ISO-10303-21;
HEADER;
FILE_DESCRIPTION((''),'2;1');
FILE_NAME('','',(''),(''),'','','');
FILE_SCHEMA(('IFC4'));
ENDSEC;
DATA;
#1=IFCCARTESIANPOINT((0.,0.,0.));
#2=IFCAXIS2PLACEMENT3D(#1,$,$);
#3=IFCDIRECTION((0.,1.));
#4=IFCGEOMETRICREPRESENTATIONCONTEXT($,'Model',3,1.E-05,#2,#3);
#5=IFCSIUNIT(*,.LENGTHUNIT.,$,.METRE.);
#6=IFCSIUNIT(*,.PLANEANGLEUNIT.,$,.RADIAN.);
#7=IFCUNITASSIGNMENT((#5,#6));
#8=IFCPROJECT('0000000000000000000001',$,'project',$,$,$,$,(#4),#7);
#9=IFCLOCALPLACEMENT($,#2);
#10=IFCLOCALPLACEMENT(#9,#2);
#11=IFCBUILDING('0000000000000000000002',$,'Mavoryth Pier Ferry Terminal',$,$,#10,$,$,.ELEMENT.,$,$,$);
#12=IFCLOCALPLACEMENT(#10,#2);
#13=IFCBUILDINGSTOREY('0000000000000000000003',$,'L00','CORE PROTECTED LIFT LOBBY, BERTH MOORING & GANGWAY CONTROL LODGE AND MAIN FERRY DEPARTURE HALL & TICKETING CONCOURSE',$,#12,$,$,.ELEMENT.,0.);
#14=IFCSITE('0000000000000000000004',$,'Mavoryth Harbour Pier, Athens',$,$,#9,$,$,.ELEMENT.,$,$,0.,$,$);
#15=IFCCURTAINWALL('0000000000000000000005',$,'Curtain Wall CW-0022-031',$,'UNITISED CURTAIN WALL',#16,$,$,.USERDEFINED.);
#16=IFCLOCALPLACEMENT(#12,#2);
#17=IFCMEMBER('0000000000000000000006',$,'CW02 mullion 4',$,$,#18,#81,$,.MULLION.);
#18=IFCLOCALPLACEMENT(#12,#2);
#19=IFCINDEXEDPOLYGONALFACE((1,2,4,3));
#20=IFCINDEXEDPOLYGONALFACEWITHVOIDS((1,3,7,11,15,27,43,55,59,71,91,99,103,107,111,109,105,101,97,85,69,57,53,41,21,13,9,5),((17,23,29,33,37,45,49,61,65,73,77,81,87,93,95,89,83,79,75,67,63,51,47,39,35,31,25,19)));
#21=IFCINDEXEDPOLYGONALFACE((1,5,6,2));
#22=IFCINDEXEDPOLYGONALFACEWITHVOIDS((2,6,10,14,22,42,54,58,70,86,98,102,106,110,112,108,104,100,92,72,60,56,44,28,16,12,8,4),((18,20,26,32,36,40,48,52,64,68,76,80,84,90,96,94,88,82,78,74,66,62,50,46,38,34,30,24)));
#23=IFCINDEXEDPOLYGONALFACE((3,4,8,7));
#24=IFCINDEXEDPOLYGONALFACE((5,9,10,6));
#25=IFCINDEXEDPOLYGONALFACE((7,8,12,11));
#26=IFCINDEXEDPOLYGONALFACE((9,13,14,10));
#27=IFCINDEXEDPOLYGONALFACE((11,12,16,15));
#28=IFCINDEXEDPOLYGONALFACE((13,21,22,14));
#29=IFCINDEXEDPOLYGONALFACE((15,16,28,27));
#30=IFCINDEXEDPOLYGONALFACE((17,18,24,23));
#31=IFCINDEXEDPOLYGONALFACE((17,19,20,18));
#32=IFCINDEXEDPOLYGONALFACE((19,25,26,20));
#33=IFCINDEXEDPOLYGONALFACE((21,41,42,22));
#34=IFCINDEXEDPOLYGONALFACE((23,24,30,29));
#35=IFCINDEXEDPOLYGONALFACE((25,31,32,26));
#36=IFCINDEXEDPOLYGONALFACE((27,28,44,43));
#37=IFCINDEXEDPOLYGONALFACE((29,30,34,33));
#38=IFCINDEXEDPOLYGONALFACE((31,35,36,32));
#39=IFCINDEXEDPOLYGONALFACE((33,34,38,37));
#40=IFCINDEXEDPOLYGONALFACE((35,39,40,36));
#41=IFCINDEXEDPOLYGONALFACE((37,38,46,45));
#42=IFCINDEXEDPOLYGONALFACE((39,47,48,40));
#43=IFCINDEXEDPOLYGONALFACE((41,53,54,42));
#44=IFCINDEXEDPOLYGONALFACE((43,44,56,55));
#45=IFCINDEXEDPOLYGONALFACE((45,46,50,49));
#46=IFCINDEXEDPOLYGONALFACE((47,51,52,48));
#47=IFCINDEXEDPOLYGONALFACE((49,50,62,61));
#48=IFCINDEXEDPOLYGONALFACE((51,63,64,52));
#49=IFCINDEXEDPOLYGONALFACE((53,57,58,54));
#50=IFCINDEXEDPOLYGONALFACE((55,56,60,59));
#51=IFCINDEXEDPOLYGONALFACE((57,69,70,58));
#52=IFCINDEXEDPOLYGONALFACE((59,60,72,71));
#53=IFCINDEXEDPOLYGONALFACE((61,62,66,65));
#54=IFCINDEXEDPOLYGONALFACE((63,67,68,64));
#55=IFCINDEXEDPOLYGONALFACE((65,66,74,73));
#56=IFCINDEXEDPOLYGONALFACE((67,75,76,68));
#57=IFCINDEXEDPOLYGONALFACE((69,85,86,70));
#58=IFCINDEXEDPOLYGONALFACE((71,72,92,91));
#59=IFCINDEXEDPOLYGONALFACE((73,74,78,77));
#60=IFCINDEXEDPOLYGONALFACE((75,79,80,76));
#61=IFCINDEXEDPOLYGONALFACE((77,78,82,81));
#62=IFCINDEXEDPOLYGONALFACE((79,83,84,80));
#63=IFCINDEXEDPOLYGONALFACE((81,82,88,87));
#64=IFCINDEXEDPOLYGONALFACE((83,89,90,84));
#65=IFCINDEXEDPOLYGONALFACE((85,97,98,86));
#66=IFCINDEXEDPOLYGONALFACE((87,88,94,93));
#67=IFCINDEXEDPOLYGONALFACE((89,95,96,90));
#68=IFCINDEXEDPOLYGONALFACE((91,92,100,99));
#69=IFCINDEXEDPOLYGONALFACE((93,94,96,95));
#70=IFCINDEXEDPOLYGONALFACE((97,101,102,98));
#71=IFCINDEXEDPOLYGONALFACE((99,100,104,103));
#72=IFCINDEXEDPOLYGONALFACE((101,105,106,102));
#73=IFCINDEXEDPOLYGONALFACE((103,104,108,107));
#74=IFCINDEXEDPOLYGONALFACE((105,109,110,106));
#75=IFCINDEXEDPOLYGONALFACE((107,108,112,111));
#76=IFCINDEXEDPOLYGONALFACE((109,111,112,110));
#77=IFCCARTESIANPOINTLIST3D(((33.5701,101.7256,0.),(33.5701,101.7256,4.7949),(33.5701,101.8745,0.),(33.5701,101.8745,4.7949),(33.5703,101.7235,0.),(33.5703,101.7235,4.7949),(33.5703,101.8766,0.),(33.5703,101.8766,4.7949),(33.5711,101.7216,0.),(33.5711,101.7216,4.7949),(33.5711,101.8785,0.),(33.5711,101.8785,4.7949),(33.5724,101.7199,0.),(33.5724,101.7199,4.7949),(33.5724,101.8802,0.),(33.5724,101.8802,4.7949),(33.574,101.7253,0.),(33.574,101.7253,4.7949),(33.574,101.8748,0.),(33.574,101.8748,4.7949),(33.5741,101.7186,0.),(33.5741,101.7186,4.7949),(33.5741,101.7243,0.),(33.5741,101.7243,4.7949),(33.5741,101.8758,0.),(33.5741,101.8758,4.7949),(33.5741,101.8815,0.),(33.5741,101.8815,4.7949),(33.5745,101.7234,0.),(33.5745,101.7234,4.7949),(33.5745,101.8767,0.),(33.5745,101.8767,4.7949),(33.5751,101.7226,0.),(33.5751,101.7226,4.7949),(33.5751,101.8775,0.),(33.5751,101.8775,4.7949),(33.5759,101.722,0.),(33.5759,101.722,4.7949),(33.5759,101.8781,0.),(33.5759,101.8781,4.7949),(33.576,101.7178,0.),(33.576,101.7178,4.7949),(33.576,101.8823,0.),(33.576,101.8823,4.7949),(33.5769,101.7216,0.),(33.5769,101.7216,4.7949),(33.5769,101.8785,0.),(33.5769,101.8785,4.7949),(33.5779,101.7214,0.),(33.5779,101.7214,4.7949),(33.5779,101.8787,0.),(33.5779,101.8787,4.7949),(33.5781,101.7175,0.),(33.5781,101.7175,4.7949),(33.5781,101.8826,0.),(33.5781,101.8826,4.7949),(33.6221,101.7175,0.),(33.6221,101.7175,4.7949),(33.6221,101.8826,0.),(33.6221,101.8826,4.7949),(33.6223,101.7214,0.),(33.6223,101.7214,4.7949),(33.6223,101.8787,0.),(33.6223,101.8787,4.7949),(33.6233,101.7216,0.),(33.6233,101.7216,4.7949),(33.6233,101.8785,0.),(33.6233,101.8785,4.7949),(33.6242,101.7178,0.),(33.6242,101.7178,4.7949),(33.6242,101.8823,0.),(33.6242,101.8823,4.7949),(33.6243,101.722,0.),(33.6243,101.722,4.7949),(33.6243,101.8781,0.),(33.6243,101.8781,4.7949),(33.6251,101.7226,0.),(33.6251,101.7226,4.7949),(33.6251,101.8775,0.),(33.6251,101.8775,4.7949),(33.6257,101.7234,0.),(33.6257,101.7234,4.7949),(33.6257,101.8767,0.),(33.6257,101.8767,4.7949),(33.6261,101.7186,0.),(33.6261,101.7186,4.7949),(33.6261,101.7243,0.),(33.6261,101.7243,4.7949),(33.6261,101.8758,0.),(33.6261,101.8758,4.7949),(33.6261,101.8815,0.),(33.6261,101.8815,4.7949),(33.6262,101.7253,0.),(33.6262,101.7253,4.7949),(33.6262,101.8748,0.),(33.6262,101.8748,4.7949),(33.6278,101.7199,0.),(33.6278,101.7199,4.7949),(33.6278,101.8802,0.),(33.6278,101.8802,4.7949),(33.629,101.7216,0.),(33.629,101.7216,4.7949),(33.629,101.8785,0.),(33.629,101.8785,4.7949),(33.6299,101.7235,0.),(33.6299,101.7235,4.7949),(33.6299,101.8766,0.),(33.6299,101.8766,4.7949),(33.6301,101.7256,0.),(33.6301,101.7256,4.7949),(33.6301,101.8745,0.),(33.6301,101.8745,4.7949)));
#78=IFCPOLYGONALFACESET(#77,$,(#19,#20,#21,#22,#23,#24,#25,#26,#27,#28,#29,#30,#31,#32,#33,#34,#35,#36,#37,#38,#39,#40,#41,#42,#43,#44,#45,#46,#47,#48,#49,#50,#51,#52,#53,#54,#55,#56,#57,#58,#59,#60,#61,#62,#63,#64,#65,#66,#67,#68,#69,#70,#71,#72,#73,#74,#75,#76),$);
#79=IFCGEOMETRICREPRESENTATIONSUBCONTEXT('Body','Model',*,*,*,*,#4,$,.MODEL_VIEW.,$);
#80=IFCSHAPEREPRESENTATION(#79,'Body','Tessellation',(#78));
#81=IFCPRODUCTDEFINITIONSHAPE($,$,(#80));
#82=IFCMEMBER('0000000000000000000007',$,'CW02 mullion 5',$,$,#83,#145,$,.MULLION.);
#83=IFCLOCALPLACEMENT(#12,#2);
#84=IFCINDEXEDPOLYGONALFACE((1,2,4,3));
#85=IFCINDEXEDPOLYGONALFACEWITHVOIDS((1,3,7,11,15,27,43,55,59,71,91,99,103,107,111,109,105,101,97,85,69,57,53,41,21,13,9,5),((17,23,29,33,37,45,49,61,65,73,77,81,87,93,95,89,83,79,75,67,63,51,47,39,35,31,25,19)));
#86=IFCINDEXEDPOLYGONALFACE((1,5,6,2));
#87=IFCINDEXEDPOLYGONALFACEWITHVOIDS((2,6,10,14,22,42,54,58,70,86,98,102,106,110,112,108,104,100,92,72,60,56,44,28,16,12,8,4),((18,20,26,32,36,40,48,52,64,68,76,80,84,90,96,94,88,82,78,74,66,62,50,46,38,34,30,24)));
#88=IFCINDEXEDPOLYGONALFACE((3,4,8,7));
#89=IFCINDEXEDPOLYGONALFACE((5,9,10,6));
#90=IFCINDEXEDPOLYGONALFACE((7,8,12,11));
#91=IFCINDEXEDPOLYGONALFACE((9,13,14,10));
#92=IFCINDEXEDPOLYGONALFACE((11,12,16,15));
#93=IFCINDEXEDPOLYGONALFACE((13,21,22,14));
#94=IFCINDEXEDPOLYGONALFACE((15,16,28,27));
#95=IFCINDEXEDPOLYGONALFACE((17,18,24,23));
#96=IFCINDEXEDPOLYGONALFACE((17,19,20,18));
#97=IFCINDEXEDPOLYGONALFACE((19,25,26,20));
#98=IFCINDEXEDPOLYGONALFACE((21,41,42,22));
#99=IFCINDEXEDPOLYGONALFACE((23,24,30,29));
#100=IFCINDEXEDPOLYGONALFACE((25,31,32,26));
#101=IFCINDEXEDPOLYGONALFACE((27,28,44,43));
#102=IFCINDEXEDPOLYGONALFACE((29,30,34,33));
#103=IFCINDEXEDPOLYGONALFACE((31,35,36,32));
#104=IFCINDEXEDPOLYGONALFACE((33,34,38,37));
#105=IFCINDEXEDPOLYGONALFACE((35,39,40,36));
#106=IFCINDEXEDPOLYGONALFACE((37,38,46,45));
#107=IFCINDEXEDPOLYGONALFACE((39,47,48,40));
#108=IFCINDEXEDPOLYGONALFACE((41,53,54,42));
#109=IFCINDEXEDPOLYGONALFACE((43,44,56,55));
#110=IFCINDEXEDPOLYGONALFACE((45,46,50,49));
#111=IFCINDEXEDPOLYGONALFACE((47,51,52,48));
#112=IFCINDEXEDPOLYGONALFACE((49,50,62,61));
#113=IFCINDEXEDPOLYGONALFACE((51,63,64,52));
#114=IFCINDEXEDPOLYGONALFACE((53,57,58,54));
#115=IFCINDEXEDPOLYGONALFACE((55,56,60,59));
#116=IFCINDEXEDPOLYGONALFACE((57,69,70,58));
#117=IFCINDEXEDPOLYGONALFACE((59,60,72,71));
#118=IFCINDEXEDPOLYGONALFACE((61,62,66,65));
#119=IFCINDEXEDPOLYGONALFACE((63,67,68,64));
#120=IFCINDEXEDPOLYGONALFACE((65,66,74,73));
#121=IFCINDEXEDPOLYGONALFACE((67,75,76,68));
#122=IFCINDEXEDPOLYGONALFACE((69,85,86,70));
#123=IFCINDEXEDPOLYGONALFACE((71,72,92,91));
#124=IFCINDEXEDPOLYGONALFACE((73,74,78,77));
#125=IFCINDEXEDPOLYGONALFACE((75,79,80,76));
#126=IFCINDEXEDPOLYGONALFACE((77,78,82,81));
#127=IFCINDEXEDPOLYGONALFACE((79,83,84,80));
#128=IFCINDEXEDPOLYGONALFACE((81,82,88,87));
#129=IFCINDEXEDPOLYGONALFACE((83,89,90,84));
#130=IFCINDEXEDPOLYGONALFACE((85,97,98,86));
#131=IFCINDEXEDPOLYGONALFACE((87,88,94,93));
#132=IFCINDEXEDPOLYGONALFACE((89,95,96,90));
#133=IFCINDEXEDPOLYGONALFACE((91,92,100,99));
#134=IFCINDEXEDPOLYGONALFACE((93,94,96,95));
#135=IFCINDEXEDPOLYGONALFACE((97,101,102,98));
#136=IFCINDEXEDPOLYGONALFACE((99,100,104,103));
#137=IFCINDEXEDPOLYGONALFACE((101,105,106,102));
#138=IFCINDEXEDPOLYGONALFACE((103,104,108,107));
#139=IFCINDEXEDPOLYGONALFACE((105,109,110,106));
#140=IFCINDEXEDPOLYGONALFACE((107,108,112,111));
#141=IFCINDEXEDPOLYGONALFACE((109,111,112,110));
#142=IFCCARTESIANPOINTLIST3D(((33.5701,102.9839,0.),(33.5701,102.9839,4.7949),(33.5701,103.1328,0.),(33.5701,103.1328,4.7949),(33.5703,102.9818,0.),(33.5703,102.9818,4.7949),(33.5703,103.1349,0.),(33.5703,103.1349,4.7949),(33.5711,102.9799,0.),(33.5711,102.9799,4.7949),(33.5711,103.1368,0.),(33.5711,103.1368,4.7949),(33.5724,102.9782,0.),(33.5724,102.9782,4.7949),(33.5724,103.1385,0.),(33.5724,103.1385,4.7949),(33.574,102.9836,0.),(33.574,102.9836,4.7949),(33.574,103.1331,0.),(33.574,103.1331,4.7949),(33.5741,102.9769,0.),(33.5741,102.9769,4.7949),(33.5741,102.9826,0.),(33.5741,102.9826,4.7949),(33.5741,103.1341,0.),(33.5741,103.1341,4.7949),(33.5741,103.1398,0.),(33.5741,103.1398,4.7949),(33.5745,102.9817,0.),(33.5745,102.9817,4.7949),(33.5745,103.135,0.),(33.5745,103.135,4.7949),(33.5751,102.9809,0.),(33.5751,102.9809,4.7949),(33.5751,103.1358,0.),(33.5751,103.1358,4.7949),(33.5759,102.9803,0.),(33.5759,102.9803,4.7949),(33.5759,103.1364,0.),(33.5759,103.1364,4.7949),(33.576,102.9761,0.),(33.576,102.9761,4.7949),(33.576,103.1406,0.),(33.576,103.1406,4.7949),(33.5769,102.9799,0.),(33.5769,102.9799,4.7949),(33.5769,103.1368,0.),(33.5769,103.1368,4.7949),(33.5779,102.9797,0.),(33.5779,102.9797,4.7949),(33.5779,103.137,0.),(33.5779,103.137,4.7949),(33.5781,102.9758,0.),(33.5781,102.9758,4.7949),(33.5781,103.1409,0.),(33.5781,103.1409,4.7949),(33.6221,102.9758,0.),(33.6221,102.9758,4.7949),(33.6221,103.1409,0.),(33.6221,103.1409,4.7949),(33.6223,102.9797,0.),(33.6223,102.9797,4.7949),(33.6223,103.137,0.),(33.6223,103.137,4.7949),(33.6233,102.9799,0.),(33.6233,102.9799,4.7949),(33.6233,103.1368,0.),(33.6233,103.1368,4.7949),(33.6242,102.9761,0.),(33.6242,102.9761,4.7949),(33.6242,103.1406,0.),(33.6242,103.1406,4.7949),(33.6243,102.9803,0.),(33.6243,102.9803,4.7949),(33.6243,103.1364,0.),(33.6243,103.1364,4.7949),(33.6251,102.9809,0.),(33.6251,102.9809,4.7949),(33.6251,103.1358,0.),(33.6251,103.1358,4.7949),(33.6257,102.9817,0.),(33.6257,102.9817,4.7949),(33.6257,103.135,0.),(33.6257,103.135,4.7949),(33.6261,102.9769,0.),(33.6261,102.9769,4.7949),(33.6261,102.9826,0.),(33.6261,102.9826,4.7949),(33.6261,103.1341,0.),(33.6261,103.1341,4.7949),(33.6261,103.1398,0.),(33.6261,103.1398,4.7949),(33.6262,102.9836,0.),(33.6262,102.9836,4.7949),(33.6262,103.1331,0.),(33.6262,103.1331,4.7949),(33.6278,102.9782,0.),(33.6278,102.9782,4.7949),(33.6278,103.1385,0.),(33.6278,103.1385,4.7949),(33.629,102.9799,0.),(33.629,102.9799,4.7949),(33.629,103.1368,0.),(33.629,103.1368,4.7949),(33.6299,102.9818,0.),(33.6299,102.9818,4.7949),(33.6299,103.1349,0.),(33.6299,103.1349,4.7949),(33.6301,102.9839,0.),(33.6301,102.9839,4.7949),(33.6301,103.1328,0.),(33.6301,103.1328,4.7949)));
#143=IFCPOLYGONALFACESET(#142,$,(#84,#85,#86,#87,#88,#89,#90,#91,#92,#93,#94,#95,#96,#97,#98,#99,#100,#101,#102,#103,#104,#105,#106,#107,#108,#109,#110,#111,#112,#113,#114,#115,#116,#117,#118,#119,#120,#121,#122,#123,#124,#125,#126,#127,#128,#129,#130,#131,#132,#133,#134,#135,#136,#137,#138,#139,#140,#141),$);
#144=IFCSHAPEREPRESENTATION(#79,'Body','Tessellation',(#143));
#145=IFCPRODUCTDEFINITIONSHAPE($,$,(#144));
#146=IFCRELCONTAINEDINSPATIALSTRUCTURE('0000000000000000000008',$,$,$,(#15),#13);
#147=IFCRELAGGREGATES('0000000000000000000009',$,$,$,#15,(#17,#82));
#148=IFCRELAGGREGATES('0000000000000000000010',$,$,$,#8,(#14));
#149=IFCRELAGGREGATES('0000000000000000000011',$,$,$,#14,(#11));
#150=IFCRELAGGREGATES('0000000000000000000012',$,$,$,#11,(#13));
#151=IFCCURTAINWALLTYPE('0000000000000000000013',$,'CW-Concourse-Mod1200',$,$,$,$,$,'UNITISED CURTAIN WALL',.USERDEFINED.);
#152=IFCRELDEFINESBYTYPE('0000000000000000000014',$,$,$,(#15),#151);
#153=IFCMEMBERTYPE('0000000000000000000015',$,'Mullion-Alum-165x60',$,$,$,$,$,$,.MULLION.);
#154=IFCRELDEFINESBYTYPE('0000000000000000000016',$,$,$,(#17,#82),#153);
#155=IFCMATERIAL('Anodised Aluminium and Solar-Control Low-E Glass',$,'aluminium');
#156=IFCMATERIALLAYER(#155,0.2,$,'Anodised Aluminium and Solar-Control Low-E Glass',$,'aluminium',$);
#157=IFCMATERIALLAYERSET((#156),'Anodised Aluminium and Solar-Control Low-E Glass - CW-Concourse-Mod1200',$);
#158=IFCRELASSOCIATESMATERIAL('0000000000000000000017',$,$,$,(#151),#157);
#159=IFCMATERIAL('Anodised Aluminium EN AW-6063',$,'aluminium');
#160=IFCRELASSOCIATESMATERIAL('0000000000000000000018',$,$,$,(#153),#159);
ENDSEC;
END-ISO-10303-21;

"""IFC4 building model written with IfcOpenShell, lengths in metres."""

from ifc_helpers import new_model, si_unit, direction, frame, origin, origin_2d, place, context, subcontext, project, spatial, hollow_rectangle, extrude, material, layer, layer_set, material_profile, profile_set, type_object, element, aggregate, save


model = new_model("IFC4")

# Units and contexts
model_context = context("Model", 3, precision=1e-05, world=origin(), true_north=direction((0.0, 1.0)))
body_context = subcontext(model_context, "Body", "Model", "MODEL_VIEW")
ifc_project = project(units=[si_unit("LENGTHUNIT", "METRE"), si_unit("PLANEANGLEUNIT", "RADIAN")], contexts=[model_context])

# Site, building, storey
site_placement = place(None, origin())
site = spatial("IfcSite", under=ifc_project, at=site_placement, Name="Mavoryth Harbour Pier, Athens", CompositionType="ELEMENT", RefElevation=0.0)
building_placement = place(site_placement, origin())
building = spatial("IfcBuilding", under=site, at=building_placement, Name="Mavoryth Pier Ferry Terminal", CompositionType="ELEMENT")
storey_placement = place(building_placement, origin())
storey = spatial("IfcBuildingStorey", under=building, at=storey_placement, Name="L00", Description="CORE PROTECTED LIFT LOBBY, BERTH MOORING & GANGWAY CONTROL LODGE AND MAIN FERRY DEPARTURE HALL & TICKETING CONCOURSE", CompositionType="ELEMENT", Elevation=0.0)

# Curtain wall, members
ifc_material_1 = material(Name="Anodised Aluminium and Solar-Control Low-E Glass", Category="aluminium")
ifc_layer_1 = layer(ifc_material_1, 0.2, Name="Anodised Aluminium and Solar-Control Low-E Glass", Category="aluminium")
ifc_layer_set_1 = layer_set([ifc_layer_1], Name="Anodised Aluminium and Solar-Control Low-E Glass - CW-Concourse-Mod1200")
curtain_wall_type = type_object("IfcCurtainWallType", Name="CW-Concourse-Mod1200", ElementType="UNITISED CURTAIN WALL", PredefinedType="USERDEFINED", material=ifc_layer_set_1)
curtain_wall_placement = place(storey_placement, origin())
curtain_wall = element("IfcCurtainWall", 1, at=curtain_wall_placement, inside=storey, type_object=curtain_wall_type, Name="Curtain Wall CW-0022-031", ObjectType="UNITISED CURTAIN WALL", PredefinedType="USERDEFINED")
ifc_material_2 = material(Name="Anodised Aluminium EN AW-6063", Category="aluminium")
ifc_material_profile_1 = material_profile(ifc_material_2, hollow_rectangle(XDim=0.0601, YDim=0.165, WallThickness=0.0039, InnerFilletRadius=0.0039, OuterFilletRadius=0.0081, at=origin_2d()), Name="AL-MULL 165x60x4", Category="aluminium")
ifc_profile_set_1 = profile_set([ifc_material_profile_1], Name="Anodised Aluminium EN AW-6063 - AL-MULL 165x60x4")
member_type_1 = type_object("IfcMemberType", Name="Mullion-Alum-165x60", PredefinedType="MULLION", material=ifc_profile_set_1)
member_1_placement = place(storey_placement, frame((33.6001, 101.8, 0.0), z_axis=(0.0, 0.0, 1.0), x_axis=(-1.0, 0.0, 0.0)))
member_1 = element("IfcMember", 2, at=member_1_placement, type_object=member_type_1, Name="CW02 mullion 4", PredefinedType="MULLION", context=body_context, shape_type="SweptSolid", body=[
    extrude(hollow_rectangle(XDim=0.0601, YDim=0.165, WallThickness=0.0039, InnerFilletRadius=0.0039, OuterFilletRadius=0.0081, at=origin_2d()), origin(), (0.0, 0.0, 1.0), 4.7949),
])
member_2_placement = place(storey_placement, frame((33.6001, 103.0583, 0.0), z_axis=(0.0, 0.0, 1.0), x_axis=(-1.0, 0.0, 0.0)))
member_2 = element("IfcMember", 3, at=member_2_placement, type_object=member_type_1, Name="CW02 mullion 5", PredefinedType="MULLION", context=body_context, shape_type="SweptSolid", body=[
    extrude(hollow_rectangle(XDim=0.0601, YDim=0.165, WallThickness=0.0039, InnerFilletRadius=0.0039, OuterFilletRadius=0.0081, at=origin_2d()), origin(), (0.0, 0.0, 1.0), 4.7949),
])
aggregate(curtain_wall, [member_1, member_2])

save(model, "model.ifc")
